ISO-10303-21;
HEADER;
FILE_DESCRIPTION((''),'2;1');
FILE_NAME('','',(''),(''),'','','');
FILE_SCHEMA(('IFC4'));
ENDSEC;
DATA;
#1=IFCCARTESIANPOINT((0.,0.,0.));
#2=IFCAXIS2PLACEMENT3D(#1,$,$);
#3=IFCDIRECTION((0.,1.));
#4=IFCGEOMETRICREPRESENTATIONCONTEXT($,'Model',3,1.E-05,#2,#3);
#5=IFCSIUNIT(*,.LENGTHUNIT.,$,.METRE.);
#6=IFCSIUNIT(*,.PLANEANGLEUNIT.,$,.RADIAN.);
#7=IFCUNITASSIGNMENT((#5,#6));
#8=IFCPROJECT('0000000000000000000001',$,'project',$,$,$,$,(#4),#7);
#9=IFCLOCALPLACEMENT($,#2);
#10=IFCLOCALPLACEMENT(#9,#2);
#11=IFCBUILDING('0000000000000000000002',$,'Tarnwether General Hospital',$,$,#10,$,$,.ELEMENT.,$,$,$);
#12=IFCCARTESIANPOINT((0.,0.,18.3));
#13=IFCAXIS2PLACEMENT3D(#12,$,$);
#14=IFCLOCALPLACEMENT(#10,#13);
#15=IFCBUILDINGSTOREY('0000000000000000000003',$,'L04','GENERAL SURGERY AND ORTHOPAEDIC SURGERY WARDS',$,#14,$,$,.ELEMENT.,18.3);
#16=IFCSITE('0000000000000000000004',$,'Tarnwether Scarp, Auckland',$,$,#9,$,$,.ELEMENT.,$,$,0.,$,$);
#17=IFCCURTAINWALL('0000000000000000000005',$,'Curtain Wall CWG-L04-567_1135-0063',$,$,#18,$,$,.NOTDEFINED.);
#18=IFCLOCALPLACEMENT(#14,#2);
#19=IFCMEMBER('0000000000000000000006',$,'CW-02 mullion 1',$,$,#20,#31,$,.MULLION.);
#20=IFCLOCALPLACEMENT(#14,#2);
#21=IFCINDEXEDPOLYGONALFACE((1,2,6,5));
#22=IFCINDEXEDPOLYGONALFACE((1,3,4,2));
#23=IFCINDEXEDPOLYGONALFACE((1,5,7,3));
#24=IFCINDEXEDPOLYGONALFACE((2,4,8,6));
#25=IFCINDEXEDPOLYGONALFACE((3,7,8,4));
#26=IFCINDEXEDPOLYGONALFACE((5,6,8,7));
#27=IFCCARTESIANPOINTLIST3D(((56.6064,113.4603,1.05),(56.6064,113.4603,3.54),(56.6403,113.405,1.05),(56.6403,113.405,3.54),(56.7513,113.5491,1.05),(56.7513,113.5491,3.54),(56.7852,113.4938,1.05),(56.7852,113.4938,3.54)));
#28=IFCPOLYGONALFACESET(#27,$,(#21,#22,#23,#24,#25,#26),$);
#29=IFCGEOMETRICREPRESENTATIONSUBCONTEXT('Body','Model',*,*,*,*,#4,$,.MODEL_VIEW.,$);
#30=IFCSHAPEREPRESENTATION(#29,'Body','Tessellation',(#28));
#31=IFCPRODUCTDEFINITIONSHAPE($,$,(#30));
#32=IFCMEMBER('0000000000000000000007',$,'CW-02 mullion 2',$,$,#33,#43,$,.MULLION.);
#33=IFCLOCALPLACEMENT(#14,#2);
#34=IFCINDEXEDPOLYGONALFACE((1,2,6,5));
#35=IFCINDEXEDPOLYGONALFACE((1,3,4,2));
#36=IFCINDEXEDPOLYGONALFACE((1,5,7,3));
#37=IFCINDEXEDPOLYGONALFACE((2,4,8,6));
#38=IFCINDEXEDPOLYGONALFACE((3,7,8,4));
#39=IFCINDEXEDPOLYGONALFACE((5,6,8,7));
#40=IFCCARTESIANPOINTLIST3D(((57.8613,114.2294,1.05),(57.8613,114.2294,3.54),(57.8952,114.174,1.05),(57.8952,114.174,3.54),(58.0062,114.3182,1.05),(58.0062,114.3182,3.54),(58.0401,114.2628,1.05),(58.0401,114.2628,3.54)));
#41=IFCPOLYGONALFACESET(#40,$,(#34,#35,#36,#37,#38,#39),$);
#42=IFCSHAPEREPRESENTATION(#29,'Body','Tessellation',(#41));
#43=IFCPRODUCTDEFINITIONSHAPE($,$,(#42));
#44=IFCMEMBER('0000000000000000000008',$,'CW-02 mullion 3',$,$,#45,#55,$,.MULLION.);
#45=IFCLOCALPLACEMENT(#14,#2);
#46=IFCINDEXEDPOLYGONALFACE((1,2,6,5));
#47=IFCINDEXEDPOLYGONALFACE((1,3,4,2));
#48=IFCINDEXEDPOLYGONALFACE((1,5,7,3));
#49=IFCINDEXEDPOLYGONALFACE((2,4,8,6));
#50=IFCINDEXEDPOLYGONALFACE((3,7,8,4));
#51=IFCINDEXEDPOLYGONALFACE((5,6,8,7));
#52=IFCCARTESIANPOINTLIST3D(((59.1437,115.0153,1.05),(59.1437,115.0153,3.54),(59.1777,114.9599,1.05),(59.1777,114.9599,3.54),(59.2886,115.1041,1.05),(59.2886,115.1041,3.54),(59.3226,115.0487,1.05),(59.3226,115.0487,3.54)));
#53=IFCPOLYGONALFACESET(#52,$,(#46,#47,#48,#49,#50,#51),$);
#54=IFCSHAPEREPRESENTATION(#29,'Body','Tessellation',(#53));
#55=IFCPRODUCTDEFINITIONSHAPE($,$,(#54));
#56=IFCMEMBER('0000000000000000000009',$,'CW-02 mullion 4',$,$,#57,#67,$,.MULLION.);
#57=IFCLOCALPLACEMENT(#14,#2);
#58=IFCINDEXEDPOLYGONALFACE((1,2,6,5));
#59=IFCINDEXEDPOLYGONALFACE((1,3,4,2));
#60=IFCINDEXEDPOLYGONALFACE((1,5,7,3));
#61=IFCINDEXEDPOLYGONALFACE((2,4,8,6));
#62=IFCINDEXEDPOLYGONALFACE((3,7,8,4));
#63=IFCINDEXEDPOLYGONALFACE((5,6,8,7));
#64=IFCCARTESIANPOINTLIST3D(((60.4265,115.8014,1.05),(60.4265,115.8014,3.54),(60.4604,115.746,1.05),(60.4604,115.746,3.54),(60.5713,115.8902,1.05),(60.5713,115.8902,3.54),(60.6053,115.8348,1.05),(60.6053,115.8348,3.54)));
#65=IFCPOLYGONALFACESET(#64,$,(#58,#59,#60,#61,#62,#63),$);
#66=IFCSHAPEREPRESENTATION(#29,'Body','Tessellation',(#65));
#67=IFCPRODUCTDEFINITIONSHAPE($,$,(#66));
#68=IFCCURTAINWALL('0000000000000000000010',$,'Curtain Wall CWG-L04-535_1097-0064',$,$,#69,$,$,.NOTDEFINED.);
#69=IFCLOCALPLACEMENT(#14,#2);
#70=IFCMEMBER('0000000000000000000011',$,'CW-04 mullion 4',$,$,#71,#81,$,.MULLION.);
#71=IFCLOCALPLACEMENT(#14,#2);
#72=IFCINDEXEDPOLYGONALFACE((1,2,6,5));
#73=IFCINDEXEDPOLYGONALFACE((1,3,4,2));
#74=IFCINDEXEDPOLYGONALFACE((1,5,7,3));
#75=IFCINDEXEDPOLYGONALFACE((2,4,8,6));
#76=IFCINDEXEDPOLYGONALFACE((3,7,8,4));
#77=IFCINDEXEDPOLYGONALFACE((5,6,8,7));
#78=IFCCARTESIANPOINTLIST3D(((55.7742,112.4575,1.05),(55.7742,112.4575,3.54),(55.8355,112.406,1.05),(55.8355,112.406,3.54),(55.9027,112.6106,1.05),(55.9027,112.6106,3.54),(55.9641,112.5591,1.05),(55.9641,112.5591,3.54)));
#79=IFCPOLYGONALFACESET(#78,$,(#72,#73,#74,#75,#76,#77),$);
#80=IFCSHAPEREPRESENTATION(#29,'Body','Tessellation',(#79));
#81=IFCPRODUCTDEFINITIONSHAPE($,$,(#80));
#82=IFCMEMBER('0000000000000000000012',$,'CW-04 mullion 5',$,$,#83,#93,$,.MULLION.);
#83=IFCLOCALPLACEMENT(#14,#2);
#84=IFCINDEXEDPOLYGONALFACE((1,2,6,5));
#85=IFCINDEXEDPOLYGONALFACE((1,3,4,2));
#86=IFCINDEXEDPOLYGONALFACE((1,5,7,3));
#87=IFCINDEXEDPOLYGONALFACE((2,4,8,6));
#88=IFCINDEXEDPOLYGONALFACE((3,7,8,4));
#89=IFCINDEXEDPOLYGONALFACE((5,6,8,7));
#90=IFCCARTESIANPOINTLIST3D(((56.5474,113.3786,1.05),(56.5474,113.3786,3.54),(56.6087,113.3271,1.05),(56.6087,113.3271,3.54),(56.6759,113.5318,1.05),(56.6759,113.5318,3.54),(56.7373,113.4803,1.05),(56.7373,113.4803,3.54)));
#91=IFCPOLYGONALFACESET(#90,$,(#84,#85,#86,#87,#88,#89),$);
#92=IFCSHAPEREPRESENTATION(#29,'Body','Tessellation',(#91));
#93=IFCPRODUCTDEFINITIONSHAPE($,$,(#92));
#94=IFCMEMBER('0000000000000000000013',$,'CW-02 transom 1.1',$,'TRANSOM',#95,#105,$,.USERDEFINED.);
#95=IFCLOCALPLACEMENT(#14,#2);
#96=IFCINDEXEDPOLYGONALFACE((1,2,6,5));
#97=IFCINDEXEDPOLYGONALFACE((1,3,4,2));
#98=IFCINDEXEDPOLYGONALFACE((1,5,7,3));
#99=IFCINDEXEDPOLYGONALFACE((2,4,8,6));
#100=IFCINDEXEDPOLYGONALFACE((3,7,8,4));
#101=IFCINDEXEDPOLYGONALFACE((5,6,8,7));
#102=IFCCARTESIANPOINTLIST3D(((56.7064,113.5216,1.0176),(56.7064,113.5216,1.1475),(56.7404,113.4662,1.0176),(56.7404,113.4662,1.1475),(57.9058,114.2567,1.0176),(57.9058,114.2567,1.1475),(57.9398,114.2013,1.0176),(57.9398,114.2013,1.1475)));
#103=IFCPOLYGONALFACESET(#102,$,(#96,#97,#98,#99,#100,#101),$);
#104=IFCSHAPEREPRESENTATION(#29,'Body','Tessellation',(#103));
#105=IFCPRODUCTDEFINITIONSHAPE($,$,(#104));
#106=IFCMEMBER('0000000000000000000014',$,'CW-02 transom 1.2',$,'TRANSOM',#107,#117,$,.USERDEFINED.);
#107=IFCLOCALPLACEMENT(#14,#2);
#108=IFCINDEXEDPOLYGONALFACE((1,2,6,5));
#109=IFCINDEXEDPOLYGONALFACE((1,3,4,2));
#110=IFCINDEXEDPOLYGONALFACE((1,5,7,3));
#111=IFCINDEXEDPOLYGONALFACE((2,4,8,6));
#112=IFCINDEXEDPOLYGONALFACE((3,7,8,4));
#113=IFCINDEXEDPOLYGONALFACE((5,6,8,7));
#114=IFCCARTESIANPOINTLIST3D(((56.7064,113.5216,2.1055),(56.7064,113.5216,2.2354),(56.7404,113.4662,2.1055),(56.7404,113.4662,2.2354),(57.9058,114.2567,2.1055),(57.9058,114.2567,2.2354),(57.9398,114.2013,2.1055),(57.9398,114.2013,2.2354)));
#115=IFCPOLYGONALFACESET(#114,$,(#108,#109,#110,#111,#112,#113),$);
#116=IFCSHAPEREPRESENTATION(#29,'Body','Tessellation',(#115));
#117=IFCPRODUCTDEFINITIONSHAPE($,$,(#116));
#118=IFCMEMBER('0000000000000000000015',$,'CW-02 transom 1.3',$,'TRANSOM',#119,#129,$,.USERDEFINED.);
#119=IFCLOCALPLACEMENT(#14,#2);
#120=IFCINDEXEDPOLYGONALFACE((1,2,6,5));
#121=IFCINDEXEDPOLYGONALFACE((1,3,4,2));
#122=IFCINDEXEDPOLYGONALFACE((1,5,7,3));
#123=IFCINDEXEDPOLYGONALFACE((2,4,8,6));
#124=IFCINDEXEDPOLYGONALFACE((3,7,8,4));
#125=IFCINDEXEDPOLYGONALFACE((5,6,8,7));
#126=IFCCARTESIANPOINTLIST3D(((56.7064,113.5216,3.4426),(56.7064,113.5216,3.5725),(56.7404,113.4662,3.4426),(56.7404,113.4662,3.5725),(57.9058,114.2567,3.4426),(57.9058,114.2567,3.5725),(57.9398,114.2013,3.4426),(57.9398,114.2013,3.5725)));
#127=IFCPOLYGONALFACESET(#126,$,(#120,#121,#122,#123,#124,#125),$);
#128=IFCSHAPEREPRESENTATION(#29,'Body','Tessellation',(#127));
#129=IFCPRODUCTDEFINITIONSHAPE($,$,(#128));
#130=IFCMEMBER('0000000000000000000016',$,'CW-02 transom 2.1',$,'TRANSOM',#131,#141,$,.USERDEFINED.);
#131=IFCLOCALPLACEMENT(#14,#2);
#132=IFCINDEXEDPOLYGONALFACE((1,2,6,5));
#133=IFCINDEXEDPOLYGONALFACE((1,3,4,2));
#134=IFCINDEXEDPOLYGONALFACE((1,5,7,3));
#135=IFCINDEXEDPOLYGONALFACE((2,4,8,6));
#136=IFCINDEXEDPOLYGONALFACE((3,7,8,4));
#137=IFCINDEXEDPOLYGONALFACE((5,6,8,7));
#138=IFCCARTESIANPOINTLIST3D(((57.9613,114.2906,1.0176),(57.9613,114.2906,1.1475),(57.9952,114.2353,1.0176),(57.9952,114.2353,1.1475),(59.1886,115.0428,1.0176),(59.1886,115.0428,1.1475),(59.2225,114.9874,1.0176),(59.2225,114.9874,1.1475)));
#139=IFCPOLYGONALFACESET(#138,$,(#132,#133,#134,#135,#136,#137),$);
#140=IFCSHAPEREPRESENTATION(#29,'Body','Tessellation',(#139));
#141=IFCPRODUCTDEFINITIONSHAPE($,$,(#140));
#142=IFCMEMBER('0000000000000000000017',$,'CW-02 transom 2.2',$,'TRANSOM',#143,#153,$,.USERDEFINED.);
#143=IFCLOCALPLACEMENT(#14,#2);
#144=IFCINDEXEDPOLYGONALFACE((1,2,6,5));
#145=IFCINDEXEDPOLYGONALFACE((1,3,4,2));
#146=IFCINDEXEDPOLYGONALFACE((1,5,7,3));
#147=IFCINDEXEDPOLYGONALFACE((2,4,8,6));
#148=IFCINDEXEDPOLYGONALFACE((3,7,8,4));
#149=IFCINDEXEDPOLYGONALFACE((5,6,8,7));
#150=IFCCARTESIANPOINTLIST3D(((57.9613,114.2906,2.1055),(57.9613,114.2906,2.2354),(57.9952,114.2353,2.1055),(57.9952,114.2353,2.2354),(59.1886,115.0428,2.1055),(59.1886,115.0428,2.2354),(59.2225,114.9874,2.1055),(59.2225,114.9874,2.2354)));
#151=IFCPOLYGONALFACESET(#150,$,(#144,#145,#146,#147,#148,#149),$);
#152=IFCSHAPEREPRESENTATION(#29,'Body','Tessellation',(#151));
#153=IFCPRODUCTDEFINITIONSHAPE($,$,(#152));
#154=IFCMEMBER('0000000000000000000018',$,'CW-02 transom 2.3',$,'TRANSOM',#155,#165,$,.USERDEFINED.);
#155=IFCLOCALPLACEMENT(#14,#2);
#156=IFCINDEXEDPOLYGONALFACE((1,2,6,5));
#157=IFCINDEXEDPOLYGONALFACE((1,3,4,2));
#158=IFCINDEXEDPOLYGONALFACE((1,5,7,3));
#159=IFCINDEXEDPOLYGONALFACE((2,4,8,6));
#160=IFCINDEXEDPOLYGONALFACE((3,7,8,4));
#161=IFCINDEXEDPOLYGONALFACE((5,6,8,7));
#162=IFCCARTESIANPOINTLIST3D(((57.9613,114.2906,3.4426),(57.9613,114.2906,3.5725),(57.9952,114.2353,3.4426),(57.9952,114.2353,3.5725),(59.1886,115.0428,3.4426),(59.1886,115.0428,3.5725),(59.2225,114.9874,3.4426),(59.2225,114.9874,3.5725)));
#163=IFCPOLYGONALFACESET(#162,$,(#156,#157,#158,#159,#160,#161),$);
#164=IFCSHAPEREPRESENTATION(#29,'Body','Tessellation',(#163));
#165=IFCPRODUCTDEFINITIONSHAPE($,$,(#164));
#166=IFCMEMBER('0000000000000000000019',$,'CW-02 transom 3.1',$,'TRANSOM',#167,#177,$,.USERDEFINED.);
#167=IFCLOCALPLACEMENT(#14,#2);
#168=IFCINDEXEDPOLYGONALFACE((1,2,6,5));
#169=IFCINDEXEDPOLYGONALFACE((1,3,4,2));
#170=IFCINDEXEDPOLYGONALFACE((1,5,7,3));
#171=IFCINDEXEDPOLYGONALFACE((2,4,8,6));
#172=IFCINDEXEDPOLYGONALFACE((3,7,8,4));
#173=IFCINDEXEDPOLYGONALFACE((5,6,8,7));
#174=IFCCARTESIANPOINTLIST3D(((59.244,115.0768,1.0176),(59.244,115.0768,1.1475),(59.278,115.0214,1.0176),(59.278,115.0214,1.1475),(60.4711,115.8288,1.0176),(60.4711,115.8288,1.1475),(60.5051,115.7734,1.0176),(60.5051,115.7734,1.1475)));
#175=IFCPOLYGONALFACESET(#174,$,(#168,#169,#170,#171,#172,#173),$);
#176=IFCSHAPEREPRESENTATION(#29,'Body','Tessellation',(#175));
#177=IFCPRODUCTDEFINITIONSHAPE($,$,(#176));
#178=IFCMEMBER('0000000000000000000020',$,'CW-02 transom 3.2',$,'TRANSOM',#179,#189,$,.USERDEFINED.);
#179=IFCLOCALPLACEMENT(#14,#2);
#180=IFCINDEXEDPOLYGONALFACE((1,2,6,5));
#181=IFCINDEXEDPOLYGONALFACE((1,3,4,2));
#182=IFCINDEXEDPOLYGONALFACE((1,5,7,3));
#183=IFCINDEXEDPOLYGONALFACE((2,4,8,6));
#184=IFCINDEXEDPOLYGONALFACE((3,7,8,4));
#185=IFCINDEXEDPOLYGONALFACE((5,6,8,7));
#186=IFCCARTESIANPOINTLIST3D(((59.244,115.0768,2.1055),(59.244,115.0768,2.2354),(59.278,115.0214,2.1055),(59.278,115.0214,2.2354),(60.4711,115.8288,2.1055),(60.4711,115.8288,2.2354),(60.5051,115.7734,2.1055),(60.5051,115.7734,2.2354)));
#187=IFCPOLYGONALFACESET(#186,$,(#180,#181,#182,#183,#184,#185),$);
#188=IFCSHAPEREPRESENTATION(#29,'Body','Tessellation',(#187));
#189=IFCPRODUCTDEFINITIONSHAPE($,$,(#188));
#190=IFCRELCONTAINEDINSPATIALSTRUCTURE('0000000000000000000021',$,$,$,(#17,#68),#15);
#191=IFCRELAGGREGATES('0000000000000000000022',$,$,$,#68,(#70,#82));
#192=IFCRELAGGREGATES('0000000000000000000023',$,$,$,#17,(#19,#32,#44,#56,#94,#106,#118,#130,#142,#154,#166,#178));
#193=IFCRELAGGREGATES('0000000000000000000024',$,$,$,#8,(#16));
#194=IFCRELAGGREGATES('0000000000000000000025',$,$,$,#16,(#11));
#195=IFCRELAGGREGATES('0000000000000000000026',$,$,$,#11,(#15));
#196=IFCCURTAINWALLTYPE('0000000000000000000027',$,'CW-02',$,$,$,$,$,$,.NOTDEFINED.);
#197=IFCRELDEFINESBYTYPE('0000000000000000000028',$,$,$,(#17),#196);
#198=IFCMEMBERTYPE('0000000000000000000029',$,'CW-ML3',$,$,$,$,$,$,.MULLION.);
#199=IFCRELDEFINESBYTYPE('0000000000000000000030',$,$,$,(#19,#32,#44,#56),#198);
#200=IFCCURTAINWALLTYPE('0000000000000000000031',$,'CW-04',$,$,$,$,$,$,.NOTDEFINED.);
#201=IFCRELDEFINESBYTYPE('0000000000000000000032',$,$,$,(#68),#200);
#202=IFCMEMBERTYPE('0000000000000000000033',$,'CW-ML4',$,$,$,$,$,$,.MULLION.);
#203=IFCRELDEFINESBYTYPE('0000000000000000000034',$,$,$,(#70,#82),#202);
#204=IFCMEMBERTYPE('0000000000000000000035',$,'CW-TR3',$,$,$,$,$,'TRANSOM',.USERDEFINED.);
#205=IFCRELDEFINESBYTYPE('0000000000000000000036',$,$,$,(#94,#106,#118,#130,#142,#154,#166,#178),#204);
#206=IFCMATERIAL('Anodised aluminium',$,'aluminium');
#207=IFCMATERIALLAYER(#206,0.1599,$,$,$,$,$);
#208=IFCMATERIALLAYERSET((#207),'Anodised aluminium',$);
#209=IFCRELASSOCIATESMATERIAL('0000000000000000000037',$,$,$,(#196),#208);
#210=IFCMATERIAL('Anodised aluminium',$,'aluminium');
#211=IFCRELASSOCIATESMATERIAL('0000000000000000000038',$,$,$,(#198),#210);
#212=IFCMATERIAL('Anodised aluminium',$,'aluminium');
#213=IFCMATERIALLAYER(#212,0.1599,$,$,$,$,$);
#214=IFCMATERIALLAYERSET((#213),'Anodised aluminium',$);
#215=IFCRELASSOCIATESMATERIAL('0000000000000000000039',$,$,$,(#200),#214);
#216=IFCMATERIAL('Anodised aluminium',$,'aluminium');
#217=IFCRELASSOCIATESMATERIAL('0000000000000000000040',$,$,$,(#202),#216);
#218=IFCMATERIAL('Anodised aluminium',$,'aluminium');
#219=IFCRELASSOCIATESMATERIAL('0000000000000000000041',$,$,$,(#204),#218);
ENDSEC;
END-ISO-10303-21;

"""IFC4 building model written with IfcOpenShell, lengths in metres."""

from ifc_helpers import new_model, si_unit, direction, frame, origin, origin_2d, place, context, subcontext, project, spatial, rectangle, extrude, material, layer, layer_set, material_profile, profile_set, type_object, element, aggregate, save


model = new_model("IFC4")

# Units and contexts
model_context = context("Model", 3, precision=1e-05, world=origin(), true_north=direction((0.0, 1.0)))
body_context = subcontext(model_context, "Body", "Model", "MODEL_VIEW")
ifc_project = project(units=[si_unit("LENGTHUNIT", "METRE"), si_unit("PLANEANGLEUNIT", "RADIAN")], contexts=[model_context])

# Site, building, storey
site_placement = place(None, origin())
site = spatial("IfcSite", under=ifc_project, at=site_placement, Name="Tarnwether Scarp, Auckland", CompositionType="ELEMENT", RefElevation=0.0)
building_placement = place(site_placement, origin())
building = spatial("IfcBuilding", under=site, at=building_placement, Name="Tarnwether General Hospital", CompositionType="ELEMENT")
storey_placement = place(building_placement, frame((0.0, 0.0, 18.3)))
storey = spatial("IfcBuildingStorey", under=building, at=storey_placement, Name="L04", Description="GENERAL SURGERY AND ORTHOPAEDIC SURGERY WARDS", CompositionType="ELEMENT", Elevation=18.3)

# Curtain walls, members
ifc_material_1 = material(Name="Anodised aluminium", Category="aluminium")
ifc_layer_1 = layer(ifc_material_1, 0.1599)
ifc_layer_set_1 = layer_set([ifc_layer_1], Name="Anodised aluminium")
curtain_wall_type_1 = type_object("IfcCurtainWallType", Name="CW-02", PredefinedType="NOTDEFINED", material=ifc_layer_set_1)
curtain_wall_1_placement = place(storey_placement, origin())
curtain_wall_1 = element("IfcCurtainWall", 1, at=curtain_wall_1_placement, inside=storey, type_object=curtain_wall_type_1, Name="Curtain Wall CWG-L04-567_1135-0063", PredefinedType="NOTDEFINED")
ifc_material_2 = material(Name="Anodised aluminium", Category="aluminium")
ifc_material_profile_1 = material_profile(ifc_material_2, rectangle(XDim=0.0649, YDim=0.1699, at=origin_2d()), Name="ALU-MUL-65x170")
ifc_profile_set_1 = profile_set([ifc_material_profile_1], Name="Anodised aluminium")
member_type_1 = type_object("IfcMemberType", Name="CW-ML3", PredefinedType="MULLION", material=ifc_profile_set_1)
member_1_placement = place(storey_placement, frame((56.6958, 113.4771, 1.05), z_axis=(0.0, 0.0, 1.0), x_axis=(-0.522509, 0.852634, 0.0)))
member_1 = element("IfcMember", 2, at=member_1_placement, type_object=member_type_1, Name="CW-02 mullion 1", PredefinedType="MULLION", context=body_context, shape_type="SweptSolid", body=[
    extrude(rectangle(XDim=0.0649, YDim=0.1699, at=origin_2d()), origin(), (0.0, 0.0, 1.0), 2.49),
])
member_2_placement = place(storey_placement, frame((57.9507, 114.2461, 1.05), z_axis=(0.0, 0.0, 1.0), x_axis=(-0.522509, 0.852634, 0.0)))
member_2 = element("IfcMember", 3, at=member_2_placement, type_object=member_type_1, Name="CW-02 mullion 2", PredefinedType="MULLION", context=body_context, shape_type="SweptSolid", body=[
    extrude(rectangle(XDim=0.0649, YDim=0.1699, at=origin_2d()), origin(), (0.0, 0.0, 1.0), 2.49),
])
member_3_placement = place(storey_placement, frame((59.2332, 115.032, 1.05), z_axis=(0.0, 0.0, 1.0), x_axis=(-0.522509, 0.852634, 0.0)))
member_3 = element("IfcMember", 4, at=member_3_placement, type_object=member_type_1, Name="CW-02 mullion 3", PredefinedType="MULLION", context=body_context, shape_type="SweptSolid", body=[
    extrude(rectangle(XDim=0.0649, YDim=0.1699, at=origin_2d()), origin(), (0.0, 0.0, 1.0), 2.49),
])
member_4_placement = place(storey_placement, frame((60.5159, 115.8181, 1.05), z_axis=(0.0, 0.0, 1.0), x_axis=(-0.522509, 0.852634, 0.0)))
member_4 = element("IfcMember", 5, at=member_4_placement, type_object=member_type_1, Name="CW-02 mullion 4", PredefinedType="MULLION", context=body_context, shape_type="SweptSolid", body=[
    extrude(rectangle(XDim=0.0649, YDim=0.1699, at=origin_2d()), origin(), (0.0, 0.0, 1.0), 2.49),
])
ifc_material_3 = material(Name="Anodised aluminium", Category="aluminium")
ifc_layer_2 = layer(ifc_material_3, 0.1599)
ifc_layer_set_2 = layer_set([ifc_layer_2], Name="Anodised aluminium")
curtain_wall_type_2 = type_object("IfcCurtainWallType", Name="CW-04", PredefinedType="NOTDEFINED", material=ifc_layer_set_2)
curtain_wall_2_placement = place(storey_placement, origin())
curtain_wall_2 = element("IfcCurtainWall", 6, at=curtain_wall_2_placement, inside=storey, type_object=curtain_wall_type_2, Name="Curtain Wall CWG-L04-535_1097-0064", PredefinedType="NOTDEFINED")
ifc_material_4 = material(Name="Anodised aluminium", Category="aluminium")
ifc_material_profile_2 = material_profile(ifc_material_4, rectangle(XDim=0.0801, YDim=0.2, at=origin_2d()), Name="ALU-MUL-80x200")
ifc_profile_set_2 = profile_set([ifc_material_profile_2], Name="Anodised aluminium")
member_type_2 = type_object("IfcMemberType", Name="CW-ML4", PredefinedType="MULLION", material=ifc_profile_set_2)
member_5_placement = place(storey_placement, frame((55.8691, 112.5083, 1.05), z_axis=(0.0, 0.0, 1.0), x_axis=(-0.76599, 0.642852, 0.0)))
member_5 = element("IfcMember", 7, at=member_5_placement, type_object=member_type_2, Name="CW-04 mullion 4", PredefinedType="MULLION", context=body_context, shape_type="SweptSolid", body=[
    extrude(rectangle(XDim=0.0801, YDim=0.2, at=origin_2d()), origin(), (0.0, 0.0, 1.0), 2.49),
])
member_6_placement = place(storey_placement, frame((56.6423, 113.4294, 1.05), z_axis=(0.0, 0.0, 1.0), x_axis=(-0.76599, 0.642852, 0.0)))
member_6 = element("IfcMember", 8, at=member_6_placement, type_object=member_type_2, Name="CW-04 mullion 5", PredefinedType="MULLION", context=body_context, shape_type="SweptSolid", body=[
    extrude(rectangle(XDim=0.0801, YDim=0.2, at=origin_2d()), origin(), (0.0, 0.0, 1.0), 2.49),
])

# Members
ifc_material_5 = material(Name="Anodised aluminium", Category="aluminium")
ifc_material_profile_3 = material_profile(ifc_material_5, rectangle(XDim=0.0649, YDim=0.1299, at=origin_2d()), Name="ALU-TRN-65x130")
ifc_profile_set_3 = profile_set([ifc_material_profile_3], Name="Anodised aluminium")
member_type_3 = type_object("IfcMemberType", Name="CW-TR3", ElementType="TRANSOM", PredefinedType="USERDEFINED", material=ifc_profile_set_3)
member_7_placement = place(storey_placement, frame((56.7234, 113.4939, 1.0825), z_axis=(0.852616, 0.522538, 0.0), x_axis=(-0.522538, 0.852616, 0.0)))
member_7 = element("IfcMember", 9, at=member_7_placement, type_object=member_type_3, Name="CW-02 transom 1.1", ObjectType="TRANSOM", PredefinedType="USERDEFINED", context=body_context, shape_type="SweptSolid", body=[
    extrude(rectangle(XDim=0.0649, YDim=0.1299, at=origin_2d()), origin(), (0.0, 0.0, 1.0), 1.4067),
])
member_8_placement = place(storey_placement, frame((56.7234, 113.4939, 2.1704), z_axis=(0.852616, 0.522538, 0.0), x_axis=(-0.522538, 0.852616, 0.0)))
member_8 = element("IfcMember", 10, at=member_8_placement, type_object=member_type_3, Name="CW-02 transom 1.2", ObjectType="TRANSOM", PredefinedType="USERDEFINED", context=body_context, shape_type="SweptSolid", body=[
    extrude(rectangle(XDim=0.0649, YDim=0.1299, at=origin_2d()), origin(), (0.0, 0.0, 1.0), 1.4067),
])
member_9_placement = place(storey_placement, frame((56.7234, 113.4939, 3.5076), z_axis=(0.852616, 0.522538, 0.0), x_axis=(-0.522538, 0.852616, 0.0)))
member_9 = element("IfcMember", 11, at=member_9_placement, type_object=member_type_3, Name="CW-02 transom 1.3", ObjectType="TRANSOM", PredefinedType="USERDEFINED", context=body_context, shape_type="SweptSolid", body=[
    extrude(rectangle(XDim=0.0649, YDim=0.1299, at=origin_2d()), origin(), (0.0, 0.0, 1.0), 1.4067),
])
member_10_placement = place(storey_placement, frame((57.9783, 114.2629, 1.0825), z_axis=(0.852606, 0.522554, 0.0), x_axis=(-0.522554, 0.852606, 0.0)))
member_10 = element("IfcMember", 12, at=member_10_placement, type_object=member_type_3, Name="CW-02 transom 2.1", ObjectType="TRANSOM", PredefinedType="USERDEFINED", context=body_context, shape_type="SweptSolid", body=[
    extrude(rectangle(XDim=0.0649, YDim=0.1299, at=origin_2d()), origin(), (0.0, 0.0, 1.0), 1.4395),
])
member_11_placement = place(storey_placement, frame((57.9783, 114.2629, 2.1704), z_axis=(0.852606, 0.522554, 0.0), x_axis=(-0.522554, 0.852606, 0.0)))
member_11 = element("IfcMember", 13, at=member_11_placement, type_object=member_type_3, Name="CW-02 transom 2.2", ObjectType="TRANSOM", PredefinedType="USERDEFINED", context=body_context, shape_type="SweptSolid", body=[
    extrude(rectangle(XDim=0.0649, YDim=0.1299, at=origin_2d()), origin(), (0.0, 0.0, 1.0), 1.4395),
])
member_12_placement = place(storey_placement, frame((57.9783, 114.2629, 3.5076), z_axis=(0.852606, 0.522554, 0.0), x_axis=(-0.522554, 0.852606, 0.0)))
member_12 = element("IfcMember", 14, at=member_12_placement, type_object=member_type_3, Name="CW-02 transom 2.3", ObjectType="TRANSOM", PredefinedType="USERDEFINED", context=body_context, shape_type="SweptSolid", body=[
    extrude(rectangle(XDim=0.0649, YDim=0.1299, at=origin_2d()), origin(), (0.0, 0.0, 1.0), 1.4395),
])
member_13_placement = place(storey_placement, frame((59.261, 115.0491, 1.0825), z_axis=(0.852635, 0.522506, 0.0), x_axis=(-0.522506, 0.852635, 0.0)))
member_13 = element("IfcMember", 15, at=member_13_placement, type_object=member_type_3, Name="CW-02 transom 3.1", ObjectType="TRANSOM", PredefinedType="USERDEFINED", context=body_context, shape_type="SweptSolid", body=[
    extrude(rectangle(XDim=0.0649, YDim=0.1299, at=origin_2d()), origin(), (0.0, 0.0, 1.0), 1.4392),
])
member_14_placement = place(storey_placement, frame((59.261, 115.0491, 2.1704), z_axis=(0.852635, 0.522506, 0.0), x_axis=(-0.522506, 0.852635, 0.0)))
member_14 = element("IfcMember", 16, at=member_14_placement, type_object=member_type_3, Name="CW-02 transom 3.2", ObjectType="TRANSOM", PredefinedType="USERDEFINED", context=body_context, shape_type="SweptSolid", body=[
    extrude(rectangle(XDim=0.0649, YDim=0.1299, at=origin_2d()), origin(), (0.0, 0.0, 1.0), 1.4392),
])

aggregate(curtain_wall_2, [member_5, member_6])
aggregate(curtain_wall_1, [member_1, member_2, member_3, member_4, member_7, member_8, member_9, member_10, member_11, member_12, member_13, member_14])

save(model, "model.ifc")
